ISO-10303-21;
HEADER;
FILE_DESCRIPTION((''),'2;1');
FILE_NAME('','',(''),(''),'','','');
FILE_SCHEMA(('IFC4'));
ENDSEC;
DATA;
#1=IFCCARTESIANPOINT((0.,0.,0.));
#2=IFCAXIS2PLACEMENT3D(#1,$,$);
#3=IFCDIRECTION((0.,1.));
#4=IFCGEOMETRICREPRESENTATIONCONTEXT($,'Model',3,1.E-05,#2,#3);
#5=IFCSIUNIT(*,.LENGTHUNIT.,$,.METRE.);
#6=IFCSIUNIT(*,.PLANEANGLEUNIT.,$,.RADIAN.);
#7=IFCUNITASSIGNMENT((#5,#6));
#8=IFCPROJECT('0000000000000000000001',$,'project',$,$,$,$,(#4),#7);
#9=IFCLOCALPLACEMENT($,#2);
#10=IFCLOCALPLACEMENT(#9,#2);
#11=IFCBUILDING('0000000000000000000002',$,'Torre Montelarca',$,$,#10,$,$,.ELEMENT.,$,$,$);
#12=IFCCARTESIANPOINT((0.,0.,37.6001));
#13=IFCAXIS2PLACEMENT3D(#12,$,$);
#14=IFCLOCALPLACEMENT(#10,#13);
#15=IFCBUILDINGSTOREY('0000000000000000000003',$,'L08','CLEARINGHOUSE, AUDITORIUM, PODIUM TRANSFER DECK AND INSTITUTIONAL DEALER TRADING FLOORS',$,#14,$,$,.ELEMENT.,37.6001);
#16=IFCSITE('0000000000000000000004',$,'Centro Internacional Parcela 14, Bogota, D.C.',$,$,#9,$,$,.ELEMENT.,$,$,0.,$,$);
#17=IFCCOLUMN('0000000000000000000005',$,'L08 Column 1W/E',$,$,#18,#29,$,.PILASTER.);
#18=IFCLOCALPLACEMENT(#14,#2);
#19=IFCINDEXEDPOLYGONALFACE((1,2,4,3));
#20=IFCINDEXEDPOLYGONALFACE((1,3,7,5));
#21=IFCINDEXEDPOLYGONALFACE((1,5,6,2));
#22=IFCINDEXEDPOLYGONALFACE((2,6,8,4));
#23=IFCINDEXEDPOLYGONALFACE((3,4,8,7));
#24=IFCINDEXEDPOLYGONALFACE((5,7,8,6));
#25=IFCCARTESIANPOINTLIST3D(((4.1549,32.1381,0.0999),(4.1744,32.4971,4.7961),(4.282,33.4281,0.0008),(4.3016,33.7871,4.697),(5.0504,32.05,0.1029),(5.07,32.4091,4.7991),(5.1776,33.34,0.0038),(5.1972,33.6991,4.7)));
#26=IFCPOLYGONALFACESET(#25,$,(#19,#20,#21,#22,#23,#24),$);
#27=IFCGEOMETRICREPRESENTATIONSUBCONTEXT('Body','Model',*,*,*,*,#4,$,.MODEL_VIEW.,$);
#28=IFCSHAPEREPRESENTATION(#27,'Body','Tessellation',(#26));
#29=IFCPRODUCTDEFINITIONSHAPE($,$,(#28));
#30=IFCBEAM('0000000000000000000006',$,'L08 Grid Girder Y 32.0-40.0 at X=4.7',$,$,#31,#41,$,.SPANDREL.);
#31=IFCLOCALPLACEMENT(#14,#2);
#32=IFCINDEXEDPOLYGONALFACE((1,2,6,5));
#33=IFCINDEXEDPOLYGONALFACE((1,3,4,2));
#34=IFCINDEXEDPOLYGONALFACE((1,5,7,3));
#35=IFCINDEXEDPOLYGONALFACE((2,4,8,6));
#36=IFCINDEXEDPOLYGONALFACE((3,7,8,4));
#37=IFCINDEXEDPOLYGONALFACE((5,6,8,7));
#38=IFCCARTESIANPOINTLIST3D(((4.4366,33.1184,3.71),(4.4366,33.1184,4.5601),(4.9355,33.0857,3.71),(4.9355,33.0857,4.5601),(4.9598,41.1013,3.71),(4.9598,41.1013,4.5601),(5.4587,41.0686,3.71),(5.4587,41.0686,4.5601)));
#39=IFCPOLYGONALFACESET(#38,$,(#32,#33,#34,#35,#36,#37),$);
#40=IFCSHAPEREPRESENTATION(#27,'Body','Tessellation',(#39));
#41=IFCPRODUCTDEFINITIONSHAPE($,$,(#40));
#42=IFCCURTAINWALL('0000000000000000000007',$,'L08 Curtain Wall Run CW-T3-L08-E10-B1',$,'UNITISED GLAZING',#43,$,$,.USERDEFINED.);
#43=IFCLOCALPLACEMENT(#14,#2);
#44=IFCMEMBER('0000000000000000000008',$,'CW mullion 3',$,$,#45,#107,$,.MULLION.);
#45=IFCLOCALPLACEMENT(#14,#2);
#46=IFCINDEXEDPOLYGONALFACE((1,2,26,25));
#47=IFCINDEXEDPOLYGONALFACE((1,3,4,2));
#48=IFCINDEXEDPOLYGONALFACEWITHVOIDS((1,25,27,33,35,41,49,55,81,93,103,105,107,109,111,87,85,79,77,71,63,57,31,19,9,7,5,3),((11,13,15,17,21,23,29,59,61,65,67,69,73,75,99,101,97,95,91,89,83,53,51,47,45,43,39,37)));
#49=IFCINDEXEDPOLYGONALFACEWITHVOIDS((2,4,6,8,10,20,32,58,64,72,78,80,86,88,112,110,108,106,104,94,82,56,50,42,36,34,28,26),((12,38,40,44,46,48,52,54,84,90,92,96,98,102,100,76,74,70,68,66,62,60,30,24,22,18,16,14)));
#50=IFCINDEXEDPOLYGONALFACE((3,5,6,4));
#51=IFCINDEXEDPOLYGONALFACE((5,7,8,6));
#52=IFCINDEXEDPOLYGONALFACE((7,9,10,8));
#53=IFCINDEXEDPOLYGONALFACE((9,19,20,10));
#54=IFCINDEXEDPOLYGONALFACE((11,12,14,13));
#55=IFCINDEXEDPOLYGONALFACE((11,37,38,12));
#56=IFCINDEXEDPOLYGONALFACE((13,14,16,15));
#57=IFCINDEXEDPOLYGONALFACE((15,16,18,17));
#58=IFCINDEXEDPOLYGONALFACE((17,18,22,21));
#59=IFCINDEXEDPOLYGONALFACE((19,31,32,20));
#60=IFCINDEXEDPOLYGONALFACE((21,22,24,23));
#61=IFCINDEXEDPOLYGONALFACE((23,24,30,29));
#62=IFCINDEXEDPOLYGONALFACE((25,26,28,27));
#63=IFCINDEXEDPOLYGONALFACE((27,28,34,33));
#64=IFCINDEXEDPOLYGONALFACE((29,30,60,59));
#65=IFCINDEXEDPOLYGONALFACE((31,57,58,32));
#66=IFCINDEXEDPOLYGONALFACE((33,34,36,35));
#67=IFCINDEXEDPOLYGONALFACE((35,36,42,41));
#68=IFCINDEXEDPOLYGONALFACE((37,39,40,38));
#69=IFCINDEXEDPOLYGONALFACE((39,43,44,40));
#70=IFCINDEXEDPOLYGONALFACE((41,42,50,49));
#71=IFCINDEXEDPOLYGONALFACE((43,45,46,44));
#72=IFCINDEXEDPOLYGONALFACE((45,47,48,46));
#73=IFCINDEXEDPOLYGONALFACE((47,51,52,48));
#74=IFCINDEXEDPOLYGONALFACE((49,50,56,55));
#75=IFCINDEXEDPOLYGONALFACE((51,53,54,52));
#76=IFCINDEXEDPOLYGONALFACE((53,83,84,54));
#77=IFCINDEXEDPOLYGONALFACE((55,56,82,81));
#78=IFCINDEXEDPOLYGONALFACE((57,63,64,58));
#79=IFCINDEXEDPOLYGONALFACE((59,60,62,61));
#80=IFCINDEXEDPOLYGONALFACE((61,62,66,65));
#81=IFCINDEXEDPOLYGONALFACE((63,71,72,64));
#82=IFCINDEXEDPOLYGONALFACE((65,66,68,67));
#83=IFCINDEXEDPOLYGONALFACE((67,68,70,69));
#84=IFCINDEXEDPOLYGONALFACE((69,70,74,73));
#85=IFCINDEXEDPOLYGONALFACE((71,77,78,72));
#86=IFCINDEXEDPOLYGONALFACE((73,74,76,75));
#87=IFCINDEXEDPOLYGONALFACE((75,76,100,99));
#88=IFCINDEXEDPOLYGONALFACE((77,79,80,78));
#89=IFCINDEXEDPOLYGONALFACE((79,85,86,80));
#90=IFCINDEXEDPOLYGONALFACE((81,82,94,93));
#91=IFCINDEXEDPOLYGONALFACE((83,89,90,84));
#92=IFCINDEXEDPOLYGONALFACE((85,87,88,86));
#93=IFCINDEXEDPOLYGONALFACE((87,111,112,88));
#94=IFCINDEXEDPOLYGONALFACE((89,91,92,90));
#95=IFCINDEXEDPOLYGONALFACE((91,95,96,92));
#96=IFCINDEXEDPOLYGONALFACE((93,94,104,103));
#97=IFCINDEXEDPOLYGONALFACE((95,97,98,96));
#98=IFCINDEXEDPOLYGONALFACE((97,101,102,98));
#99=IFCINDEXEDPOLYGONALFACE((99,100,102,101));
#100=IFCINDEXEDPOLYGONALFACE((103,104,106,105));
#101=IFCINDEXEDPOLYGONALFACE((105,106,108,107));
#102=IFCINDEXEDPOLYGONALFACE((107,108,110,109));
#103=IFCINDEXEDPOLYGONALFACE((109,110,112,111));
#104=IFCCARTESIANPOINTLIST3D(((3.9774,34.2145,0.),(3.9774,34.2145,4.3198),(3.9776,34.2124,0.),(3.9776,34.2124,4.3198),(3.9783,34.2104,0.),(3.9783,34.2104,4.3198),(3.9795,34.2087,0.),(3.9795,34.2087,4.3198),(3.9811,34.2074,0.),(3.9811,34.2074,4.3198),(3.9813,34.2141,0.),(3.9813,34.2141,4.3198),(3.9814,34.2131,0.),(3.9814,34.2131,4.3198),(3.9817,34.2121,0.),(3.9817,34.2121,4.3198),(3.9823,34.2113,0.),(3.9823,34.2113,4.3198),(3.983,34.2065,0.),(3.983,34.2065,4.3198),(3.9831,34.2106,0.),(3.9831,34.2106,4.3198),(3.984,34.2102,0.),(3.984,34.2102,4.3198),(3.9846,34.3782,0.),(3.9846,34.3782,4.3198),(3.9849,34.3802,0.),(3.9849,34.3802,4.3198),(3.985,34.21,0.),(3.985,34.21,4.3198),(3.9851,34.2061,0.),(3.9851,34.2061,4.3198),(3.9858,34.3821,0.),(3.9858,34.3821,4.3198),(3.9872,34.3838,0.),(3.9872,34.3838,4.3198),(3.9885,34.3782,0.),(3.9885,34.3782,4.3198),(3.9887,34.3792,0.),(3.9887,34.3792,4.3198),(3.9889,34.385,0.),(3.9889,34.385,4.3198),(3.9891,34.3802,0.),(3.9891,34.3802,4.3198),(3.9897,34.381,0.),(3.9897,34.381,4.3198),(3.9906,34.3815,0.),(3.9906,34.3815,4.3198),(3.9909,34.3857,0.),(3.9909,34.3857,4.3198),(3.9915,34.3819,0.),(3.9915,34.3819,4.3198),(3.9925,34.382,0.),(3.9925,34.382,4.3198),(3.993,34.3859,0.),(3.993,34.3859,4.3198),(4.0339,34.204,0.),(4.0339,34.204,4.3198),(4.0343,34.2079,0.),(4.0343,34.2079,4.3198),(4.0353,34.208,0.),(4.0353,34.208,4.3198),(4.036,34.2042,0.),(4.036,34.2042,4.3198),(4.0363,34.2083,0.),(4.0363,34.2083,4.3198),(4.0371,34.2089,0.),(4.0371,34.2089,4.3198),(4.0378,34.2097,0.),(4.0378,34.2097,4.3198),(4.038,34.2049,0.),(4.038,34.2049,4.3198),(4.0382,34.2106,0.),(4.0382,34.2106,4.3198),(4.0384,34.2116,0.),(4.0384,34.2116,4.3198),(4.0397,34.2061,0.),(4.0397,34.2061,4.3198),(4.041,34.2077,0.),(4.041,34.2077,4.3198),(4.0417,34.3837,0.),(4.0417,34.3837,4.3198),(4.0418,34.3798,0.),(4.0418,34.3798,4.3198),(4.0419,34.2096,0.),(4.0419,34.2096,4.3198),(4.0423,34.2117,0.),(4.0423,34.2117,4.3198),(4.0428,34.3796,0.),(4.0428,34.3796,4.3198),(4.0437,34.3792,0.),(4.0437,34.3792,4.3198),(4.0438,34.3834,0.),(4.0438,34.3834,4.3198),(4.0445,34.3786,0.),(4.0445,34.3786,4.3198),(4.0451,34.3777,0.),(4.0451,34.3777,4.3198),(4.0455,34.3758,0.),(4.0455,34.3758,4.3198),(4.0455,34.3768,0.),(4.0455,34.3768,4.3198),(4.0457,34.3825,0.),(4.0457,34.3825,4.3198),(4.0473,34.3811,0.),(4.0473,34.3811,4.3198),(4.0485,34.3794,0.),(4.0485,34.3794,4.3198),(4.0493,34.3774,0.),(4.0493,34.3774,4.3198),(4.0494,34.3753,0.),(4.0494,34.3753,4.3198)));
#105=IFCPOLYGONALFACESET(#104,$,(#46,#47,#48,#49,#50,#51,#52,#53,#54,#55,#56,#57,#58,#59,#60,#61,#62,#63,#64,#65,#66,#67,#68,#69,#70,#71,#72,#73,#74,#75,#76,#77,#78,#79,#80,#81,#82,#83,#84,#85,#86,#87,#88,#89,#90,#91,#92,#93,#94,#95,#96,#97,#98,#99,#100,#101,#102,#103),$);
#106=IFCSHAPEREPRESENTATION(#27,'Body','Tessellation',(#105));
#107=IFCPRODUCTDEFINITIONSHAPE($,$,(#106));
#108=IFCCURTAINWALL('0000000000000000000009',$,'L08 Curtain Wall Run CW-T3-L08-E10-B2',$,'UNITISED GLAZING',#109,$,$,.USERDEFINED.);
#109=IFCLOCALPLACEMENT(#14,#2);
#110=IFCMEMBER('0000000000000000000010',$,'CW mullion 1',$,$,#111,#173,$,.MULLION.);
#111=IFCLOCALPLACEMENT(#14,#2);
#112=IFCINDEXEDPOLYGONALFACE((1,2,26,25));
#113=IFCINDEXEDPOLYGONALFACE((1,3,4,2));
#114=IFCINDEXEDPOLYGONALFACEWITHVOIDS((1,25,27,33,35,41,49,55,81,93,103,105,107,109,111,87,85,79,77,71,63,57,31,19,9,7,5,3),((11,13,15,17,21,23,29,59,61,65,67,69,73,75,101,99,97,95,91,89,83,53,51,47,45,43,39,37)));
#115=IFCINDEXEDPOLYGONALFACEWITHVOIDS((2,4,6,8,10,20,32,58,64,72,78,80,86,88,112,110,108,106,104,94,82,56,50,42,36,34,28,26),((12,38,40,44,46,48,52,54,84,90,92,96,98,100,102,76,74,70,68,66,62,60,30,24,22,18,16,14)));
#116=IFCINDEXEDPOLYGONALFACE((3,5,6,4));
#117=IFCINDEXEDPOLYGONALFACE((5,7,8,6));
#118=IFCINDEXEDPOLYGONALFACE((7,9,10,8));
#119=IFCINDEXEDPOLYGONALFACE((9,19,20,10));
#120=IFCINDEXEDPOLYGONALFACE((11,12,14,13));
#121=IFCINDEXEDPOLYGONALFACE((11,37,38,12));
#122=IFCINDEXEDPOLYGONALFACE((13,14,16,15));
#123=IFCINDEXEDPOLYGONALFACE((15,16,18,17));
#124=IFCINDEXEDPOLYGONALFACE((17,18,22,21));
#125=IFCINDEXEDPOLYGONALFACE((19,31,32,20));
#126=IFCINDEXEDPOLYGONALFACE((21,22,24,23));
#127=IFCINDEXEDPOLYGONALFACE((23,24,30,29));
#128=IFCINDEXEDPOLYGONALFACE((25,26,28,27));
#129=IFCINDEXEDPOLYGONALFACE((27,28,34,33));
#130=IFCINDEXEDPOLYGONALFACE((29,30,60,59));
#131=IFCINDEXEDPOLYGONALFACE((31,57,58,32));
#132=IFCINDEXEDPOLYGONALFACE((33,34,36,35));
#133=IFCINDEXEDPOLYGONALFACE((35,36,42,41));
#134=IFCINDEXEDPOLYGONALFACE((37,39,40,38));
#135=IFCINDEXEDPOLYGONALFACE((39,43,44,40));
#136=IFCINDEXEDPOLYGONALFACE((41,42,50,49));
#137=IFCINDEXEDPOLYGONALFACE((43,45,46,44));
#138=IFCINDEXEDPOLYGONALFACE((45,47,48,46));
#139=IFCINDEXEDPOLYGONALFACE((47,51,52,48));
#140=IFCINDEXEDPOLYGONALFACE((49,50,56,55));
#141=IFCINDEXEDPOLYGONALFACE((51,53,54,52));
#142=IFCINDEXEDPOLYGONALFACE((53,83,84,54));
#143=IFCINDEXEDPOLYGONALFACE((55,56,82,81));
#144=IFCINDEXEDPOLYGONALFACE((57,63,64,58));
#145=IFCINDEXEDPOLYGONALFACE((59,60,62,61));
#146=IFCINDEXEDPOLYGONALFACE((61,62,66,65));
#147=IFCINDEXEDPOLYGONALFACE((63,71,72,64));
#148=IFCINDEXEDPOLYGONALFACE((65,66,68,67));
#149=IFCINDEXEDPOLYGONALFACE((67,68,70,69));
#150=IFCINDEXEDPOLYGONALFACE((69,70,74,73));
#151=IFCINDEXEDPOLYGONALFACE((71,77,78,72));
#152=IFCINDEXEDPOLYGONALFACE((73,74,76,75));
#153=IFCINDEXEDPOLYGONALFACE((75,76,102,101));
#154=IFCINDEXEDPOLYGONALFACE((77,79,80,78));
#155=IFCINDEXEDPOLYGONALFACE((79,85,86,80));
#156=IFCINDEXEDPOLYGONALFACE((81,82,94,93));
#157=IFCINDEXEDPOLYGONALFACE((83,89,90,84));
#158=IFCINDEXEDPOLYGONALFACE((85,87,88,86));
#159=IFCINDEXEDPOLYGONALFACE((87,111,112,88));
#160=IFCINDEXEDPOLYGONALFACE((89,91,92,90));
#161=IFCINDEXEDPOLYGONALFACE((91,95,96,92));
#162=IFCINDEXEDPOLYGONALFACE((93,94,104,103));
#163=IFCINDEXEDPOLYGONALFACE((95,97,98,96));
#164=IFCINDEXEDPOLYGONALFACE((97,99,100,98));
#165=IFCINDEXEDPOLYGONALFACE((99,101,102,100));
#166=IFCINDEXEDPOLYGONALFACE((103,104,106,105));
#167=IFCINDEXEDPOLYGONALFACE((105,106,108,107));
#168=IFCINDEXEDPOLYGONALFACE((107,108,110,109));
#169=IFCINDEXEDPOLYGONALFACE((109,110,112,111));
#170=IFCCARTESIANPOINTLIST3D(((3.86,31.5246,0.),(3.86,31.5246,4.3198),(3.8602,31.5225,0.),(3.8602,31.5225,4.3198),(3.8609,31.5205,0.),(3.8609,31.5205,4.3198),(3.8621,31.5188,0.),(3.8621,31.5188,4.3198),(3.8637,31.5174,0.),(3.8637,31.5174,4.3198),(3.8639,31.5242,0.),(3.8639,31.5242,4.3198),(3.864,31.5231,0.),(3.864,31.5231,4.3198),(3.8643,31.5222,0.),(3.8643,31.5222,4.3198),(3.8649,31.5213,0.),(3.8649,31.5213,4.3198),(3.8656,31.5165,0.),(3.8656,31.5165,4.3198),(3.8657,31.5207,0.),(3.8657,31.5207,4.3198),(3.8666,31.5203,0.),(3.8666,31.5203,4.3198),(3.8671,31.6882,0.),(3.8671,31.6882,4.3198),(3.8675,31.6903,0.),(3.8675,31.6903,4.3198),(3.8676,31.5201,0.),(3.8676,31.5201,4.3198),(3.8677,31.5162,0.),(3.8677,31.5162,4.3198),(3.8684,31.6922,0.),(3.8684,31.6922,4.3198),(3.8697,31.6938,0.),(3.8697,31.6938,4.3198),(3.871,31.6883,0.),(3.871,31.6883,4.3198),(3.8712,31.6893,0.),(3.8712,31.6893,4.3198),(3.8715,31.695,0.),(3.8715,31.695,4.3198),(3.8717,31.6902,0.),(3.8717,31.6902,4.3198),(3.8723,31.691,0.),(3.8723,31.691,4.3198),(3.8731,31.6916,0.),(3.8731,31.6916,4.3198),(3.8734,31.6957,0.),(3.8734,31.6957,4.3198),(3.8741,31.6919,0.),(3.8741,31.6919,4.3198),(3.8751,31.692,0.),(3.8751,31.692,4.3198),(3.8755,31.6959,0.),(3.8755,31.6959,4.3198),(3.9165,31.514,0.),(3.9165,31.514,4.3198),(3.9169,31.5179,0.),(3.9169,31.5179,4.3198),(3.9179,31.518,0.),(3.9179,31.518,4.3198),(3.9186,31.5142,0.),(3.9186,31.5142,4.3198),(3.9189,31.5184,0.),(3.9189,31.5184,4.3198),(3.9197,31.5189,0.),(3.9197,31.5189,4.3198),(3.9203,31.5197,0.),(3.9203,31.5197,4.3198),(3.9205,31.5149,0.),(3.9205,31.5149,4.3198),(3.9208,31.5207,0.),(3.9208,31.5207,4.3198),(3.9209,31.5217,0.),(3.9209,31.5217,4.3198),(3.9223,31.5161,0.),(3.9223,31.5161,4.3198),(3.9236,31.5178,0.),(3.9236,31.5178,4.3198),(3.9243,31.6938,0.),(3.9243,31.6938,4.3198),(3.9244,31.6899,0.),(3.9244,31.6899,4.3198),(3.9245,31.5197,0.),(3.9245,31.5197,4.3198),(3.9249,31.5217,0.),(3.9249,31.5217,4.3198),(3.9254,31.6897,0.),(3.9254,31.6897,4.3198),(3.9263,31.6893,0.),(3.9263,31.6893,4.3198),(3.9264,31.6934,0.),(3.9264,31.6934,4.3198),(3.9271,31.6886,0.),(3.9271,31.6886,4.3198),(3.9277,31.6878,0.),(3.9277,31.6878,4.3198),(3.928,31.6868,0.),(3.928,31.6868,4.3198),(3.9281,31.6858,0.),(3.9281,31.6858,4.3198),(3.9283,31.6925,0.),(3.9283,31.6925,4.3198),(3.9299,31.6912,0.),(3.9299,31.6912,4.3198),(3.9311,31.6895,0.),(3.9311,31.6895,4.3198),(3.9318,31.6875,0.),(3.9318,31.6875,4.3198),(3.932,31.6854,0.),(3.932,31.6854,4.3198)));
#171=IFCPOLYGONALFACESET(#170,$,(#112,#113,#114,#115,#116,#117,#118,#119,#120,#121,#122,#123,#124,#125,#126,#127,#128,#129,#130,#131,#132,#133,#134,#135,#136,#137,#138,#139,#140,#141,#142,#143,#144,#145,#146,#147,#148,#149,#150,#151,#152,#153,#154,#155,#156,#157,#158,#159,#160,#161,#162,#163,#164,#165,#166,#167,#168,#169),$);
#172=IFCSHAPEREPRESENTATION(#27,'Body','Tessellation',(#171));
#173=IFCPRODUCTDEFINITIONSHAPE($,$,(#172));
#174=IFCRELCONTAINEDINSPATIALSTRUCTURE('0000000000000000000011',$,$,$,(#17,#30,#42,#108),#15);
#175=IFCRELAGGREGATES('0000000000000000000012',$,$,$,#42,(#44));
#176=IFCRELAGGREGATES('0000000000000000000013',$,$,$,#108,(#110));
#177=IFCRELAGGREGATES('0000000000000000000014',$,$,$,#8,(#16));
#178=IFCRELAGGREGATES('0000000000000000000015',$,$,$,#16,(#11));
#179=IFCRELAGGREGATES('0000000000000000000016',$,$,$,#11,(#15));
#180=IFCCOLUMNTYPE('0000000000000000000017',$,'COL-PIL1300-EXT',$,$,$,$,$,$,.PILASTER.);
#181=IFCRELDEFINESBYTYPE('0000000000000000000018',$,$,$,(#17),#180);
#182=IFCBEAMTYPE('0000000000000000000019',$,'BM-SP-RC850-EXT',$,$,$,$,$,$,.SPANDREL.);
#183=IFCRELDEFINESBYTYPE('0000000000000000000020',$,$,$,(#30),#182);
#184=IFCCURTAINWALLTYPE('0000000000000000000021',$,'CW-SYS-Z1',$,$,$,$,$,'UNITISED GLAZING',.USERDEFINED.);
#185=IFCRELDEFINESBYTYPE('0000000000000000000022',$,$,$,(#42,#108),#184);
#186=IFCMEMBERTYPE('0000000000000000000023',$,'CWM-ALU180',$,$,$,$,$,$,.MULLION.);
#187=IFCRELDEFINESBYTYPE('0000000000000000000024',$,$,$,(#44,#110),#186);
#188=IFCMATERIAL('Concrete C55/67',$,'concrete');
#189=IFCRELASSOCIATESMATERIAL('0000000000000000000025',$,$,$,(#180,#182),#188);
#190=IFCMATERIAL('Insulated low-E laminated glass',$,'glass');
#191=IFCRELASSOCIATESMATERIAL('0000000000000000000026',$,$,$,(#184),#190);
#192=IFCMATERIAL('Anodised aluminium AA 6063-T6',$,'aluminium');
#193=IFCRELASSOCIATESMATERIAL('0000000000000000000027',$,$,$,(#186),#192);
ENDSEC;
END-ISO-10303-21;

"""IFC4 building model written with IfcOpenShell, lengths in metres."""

from ifc_helpers import new_model, si_unit, direction, frame, origin, origin_2d, place, context, subcontext, project, spatial, rectangle, hollow_rectangle, extrude, clip, halfspace, source, transform, mapped, material, material_profile, profile_set, type_object, element, aggregate, save


model = new_model("IFC4")

# Units and contexts
model_context = context("Model", 3, precision=1e-05, world=origin(), true_north=direction((0.0, 1.0)))
body_context = subcontext(model_context, "Body", "Model", "MODEL_VIEW")
ifc_project = project(units=[si_unit("LENGTHUNIT", "METRE"), si_unit("PLANEANGLEUNIT", "RADIAN")], contexts=[model_context])

# Site, building, storey
site_placement = place(None, origin())
site = spatial("IfcSite", under=ifc_project, at=site_placement, Name="Centro Internacional Parcela 14, Bogota, D.C.", CompositionType="ELEMENT", RefElevation=0.0)
building_placement = place(site_placement, origin())
building = spatial("IfcBuilding", under=site, at=building_placement, Name="Torre Montelarca", CompositionType="ELEMENT")
storey_placement = place(building_placement, frame((0.0, 0.0, 37.6001)))
storey = spatial("IfcBuildingStorey", under=building, at=storey_placement, Name="L08", Description="CLEARINGHOUSE, AUDITORIUM, PODIUM TRANSFER DECK AND INSTITUTIONAL DEALER TRADING FLOORS", CompositionType="ELEMENT", Elevation=37.6001)

# Column
ifc_material_1 = material(Name="Concrete C55/67", Category="concrete")
ifc_material_profile_1 = material_profile(ifc_material_1, rectangle(XDim=0.8999, YDim=1.3, at=origin_2d()), Name="RC1300X900", Category="concrete")
ifc_profile_set_1 = profile_set([ifc_material_profile_1], Name="Concrete C55/67")
column_type = type_object("IfcColumnType", Name="COL-PIL1300-EXT", PredefinedType="PILASTER", material=ifc_profile_set_1)
column_placement = place(storey_placement, frame((4.666, 32.7351, 0.0), z_axis=(0.004159, 0.076227, 0.997082), x_axis=(0.995195, -0.097852, 0.00333)))
element("IfcColumn", 1, at=column_placement, inside=storey, type_object=column_type, Name="L08 Column 1W/E", PredefinedType="PILASTER", context=body_context, shape_type="Clipping", body=[
    clip(clip(extrude(rectangle(XDim=0.8999, YDim=1.3, at=origin_2d()), origin(), (0.0, 0.0, 1.0), 4.814), halfspace(frame((0.0, 0.0, 0.052), z_axis=(0.0, 0.0, -1.0), x_axis=(1.0, 0.0, 0.0)), False)), halfspace(frame((0.0, 0.0, 4.762), z_axis=(0.0, 0.0, 1.0), x_axis=(1.0, 0.0, 0.0)), False)),
])

# Beam
ifc_material_profile_2 = material_profile(ifc_material_1, rectangle(XDim=0.5, YDim=0.8501, at=origin_2d()), Name="RCB500X850", Category="concrete")
ifc_profile_set_2 = profile_set([ifc_material_profile_2], Name="Concrete C55/67")
beam_type = type_object("IfcBeamType", Name="BM-SP-RC850-EXT", PredefinedType="SPANDREL", material=ifc_profile_set_2)
shared_shape_1 = source(origin(), body_context, "Body", "SweptSolid", [
    extrude(rectangle(XDim=0.5, YDim=0.8501, at=origin_2d()), origin(), (0.0, 0.0, 1.0), 8.0),
])
beam_placement = place(storey_placement, frame((4.686, 33.1021, 4.135), z_axis=(0.065399, 0.997859, 0.0), x_axis=(-0.997859, 0.065399, 0.0)))
element("IfcBeam", 2, at=beam_placement, inside=storey, type_object=beam_type, Name="L08 Grid Girder Y 32.0-40.0 at X=4.7", PredefinedType="SPANDREL", context=body_context, shape_type="MappedRepresentation", body=[
    mapped(shared_shape_1, transform((0.0, 0.0, 0.0), scale=1.0)),
])

# Curtain wall, member
ifc_material_2 = material(Name="Insulated low-E laminated glass", Category="glass")
curtain_wall_type = type_object("IfcCurtainWallType", Name="CW-SYS-Z1", ElementType="UNITISED GLAZING", PredefinedType="USERDEFINED", material=ifc_material_2)
curtain_wall_1_placement = place(storey_placement, origin())
curtain_wall_1 = element("IfcCurtainWall", 3, at=curtain_wall_1_placement, inside=storey, type_object=curtain_wall_type, Name="L08 Curtain Wall Run CW-T3-L08-E10-B1", ObjectType="UNITISED GLAZING", PredefinedType="USERDEFINED")
ifc_material_3 = material(Name="Anodised aluminium AA 6063-T6", Category="aluminium")
ifc_material_profile_3 = material_profile(ifc_material_3, hollow_rectangle(XDim=0.0649, YDim=0.1799, WallThickness=0.0039, InnerFilletRadius=0.0039, OuterFilletRadius=0.0081, at=origin_2d()), Name="ALU65X180X4", Category="aluminium")
ifc_profile_set_3 = profile_set([ifc_material_profile_3], Name="Anodised aluminium AA 6063-T6")
member_type_1 = type_object("IfcMemberType", Name="CWM-ALU180", PredefinedType="MULLION", material=ifc_profile_set_3)
shared_shape_2 = source(origin(), body_context, "Body", "SweptSolid", [
    extrude(hollow_rectangle(XDim=0.0649, YDim=0.1799, WallThickness=0.0039, InnerFilletRadius=0.0039, OuterFilletRadius=0.0081, at=origin_2d()), origin(), (0.0, 0.0, 1.0), 4.3198),
])
member_1_placement = place(storey_placement, frame((4.0134, 34.2949, 0.0), z_axis=(0.0, 0.0, 1.0), x_axis=(0.999048, -0.043629, 0.0)))
member_1 = element("IfcMember", 4, at=member_1_placement, type_object=member_type_1, Name="CW mullion 3", PredefinedType="MULLION", context=body_context, shape_type="MappedRepresentation", body=[
    mapped(shared_shape_2, transform((0.0, 0.0, 0.0), scale=1.0)),
])

# Curtain wall, member
curtain_wall_2_placement = place(storey_placement, origin())
curtain_wall_2 = element("IfcCurtainWall", 5, at=curtain_wall_2_placement, inside=storey, type_object=curtain_wall_type, Name="L08 Curtain Wall Run CW-T3-L08-E10-B2", ObjectType="UNITISED GLAZING", PredefinedType="USERDEFINED")
member_2_placement = place(storey_placement, frame((3.896, 31.605, 0.0), z_axis=(0.0, 0.0, 1.0), x_axis=(0.999048, -0.043622, 0.0)))
member_2 = element("IfcMember", 6, at=member_2_placement, type_object=member_type_1, Name="CW mullion 1", PredefinedType="MULLION", context=body_context, shape_type="MappedRepresentation", body=[
    mapped(shared_shape_2, transform((0.0, 0.0, 0.0), scale=1.0)),
])

aggregate(curtain_wall_1, [member_1])
aggregate(curtain_wall_2, [member_2])

save(model, "model.ifc")
